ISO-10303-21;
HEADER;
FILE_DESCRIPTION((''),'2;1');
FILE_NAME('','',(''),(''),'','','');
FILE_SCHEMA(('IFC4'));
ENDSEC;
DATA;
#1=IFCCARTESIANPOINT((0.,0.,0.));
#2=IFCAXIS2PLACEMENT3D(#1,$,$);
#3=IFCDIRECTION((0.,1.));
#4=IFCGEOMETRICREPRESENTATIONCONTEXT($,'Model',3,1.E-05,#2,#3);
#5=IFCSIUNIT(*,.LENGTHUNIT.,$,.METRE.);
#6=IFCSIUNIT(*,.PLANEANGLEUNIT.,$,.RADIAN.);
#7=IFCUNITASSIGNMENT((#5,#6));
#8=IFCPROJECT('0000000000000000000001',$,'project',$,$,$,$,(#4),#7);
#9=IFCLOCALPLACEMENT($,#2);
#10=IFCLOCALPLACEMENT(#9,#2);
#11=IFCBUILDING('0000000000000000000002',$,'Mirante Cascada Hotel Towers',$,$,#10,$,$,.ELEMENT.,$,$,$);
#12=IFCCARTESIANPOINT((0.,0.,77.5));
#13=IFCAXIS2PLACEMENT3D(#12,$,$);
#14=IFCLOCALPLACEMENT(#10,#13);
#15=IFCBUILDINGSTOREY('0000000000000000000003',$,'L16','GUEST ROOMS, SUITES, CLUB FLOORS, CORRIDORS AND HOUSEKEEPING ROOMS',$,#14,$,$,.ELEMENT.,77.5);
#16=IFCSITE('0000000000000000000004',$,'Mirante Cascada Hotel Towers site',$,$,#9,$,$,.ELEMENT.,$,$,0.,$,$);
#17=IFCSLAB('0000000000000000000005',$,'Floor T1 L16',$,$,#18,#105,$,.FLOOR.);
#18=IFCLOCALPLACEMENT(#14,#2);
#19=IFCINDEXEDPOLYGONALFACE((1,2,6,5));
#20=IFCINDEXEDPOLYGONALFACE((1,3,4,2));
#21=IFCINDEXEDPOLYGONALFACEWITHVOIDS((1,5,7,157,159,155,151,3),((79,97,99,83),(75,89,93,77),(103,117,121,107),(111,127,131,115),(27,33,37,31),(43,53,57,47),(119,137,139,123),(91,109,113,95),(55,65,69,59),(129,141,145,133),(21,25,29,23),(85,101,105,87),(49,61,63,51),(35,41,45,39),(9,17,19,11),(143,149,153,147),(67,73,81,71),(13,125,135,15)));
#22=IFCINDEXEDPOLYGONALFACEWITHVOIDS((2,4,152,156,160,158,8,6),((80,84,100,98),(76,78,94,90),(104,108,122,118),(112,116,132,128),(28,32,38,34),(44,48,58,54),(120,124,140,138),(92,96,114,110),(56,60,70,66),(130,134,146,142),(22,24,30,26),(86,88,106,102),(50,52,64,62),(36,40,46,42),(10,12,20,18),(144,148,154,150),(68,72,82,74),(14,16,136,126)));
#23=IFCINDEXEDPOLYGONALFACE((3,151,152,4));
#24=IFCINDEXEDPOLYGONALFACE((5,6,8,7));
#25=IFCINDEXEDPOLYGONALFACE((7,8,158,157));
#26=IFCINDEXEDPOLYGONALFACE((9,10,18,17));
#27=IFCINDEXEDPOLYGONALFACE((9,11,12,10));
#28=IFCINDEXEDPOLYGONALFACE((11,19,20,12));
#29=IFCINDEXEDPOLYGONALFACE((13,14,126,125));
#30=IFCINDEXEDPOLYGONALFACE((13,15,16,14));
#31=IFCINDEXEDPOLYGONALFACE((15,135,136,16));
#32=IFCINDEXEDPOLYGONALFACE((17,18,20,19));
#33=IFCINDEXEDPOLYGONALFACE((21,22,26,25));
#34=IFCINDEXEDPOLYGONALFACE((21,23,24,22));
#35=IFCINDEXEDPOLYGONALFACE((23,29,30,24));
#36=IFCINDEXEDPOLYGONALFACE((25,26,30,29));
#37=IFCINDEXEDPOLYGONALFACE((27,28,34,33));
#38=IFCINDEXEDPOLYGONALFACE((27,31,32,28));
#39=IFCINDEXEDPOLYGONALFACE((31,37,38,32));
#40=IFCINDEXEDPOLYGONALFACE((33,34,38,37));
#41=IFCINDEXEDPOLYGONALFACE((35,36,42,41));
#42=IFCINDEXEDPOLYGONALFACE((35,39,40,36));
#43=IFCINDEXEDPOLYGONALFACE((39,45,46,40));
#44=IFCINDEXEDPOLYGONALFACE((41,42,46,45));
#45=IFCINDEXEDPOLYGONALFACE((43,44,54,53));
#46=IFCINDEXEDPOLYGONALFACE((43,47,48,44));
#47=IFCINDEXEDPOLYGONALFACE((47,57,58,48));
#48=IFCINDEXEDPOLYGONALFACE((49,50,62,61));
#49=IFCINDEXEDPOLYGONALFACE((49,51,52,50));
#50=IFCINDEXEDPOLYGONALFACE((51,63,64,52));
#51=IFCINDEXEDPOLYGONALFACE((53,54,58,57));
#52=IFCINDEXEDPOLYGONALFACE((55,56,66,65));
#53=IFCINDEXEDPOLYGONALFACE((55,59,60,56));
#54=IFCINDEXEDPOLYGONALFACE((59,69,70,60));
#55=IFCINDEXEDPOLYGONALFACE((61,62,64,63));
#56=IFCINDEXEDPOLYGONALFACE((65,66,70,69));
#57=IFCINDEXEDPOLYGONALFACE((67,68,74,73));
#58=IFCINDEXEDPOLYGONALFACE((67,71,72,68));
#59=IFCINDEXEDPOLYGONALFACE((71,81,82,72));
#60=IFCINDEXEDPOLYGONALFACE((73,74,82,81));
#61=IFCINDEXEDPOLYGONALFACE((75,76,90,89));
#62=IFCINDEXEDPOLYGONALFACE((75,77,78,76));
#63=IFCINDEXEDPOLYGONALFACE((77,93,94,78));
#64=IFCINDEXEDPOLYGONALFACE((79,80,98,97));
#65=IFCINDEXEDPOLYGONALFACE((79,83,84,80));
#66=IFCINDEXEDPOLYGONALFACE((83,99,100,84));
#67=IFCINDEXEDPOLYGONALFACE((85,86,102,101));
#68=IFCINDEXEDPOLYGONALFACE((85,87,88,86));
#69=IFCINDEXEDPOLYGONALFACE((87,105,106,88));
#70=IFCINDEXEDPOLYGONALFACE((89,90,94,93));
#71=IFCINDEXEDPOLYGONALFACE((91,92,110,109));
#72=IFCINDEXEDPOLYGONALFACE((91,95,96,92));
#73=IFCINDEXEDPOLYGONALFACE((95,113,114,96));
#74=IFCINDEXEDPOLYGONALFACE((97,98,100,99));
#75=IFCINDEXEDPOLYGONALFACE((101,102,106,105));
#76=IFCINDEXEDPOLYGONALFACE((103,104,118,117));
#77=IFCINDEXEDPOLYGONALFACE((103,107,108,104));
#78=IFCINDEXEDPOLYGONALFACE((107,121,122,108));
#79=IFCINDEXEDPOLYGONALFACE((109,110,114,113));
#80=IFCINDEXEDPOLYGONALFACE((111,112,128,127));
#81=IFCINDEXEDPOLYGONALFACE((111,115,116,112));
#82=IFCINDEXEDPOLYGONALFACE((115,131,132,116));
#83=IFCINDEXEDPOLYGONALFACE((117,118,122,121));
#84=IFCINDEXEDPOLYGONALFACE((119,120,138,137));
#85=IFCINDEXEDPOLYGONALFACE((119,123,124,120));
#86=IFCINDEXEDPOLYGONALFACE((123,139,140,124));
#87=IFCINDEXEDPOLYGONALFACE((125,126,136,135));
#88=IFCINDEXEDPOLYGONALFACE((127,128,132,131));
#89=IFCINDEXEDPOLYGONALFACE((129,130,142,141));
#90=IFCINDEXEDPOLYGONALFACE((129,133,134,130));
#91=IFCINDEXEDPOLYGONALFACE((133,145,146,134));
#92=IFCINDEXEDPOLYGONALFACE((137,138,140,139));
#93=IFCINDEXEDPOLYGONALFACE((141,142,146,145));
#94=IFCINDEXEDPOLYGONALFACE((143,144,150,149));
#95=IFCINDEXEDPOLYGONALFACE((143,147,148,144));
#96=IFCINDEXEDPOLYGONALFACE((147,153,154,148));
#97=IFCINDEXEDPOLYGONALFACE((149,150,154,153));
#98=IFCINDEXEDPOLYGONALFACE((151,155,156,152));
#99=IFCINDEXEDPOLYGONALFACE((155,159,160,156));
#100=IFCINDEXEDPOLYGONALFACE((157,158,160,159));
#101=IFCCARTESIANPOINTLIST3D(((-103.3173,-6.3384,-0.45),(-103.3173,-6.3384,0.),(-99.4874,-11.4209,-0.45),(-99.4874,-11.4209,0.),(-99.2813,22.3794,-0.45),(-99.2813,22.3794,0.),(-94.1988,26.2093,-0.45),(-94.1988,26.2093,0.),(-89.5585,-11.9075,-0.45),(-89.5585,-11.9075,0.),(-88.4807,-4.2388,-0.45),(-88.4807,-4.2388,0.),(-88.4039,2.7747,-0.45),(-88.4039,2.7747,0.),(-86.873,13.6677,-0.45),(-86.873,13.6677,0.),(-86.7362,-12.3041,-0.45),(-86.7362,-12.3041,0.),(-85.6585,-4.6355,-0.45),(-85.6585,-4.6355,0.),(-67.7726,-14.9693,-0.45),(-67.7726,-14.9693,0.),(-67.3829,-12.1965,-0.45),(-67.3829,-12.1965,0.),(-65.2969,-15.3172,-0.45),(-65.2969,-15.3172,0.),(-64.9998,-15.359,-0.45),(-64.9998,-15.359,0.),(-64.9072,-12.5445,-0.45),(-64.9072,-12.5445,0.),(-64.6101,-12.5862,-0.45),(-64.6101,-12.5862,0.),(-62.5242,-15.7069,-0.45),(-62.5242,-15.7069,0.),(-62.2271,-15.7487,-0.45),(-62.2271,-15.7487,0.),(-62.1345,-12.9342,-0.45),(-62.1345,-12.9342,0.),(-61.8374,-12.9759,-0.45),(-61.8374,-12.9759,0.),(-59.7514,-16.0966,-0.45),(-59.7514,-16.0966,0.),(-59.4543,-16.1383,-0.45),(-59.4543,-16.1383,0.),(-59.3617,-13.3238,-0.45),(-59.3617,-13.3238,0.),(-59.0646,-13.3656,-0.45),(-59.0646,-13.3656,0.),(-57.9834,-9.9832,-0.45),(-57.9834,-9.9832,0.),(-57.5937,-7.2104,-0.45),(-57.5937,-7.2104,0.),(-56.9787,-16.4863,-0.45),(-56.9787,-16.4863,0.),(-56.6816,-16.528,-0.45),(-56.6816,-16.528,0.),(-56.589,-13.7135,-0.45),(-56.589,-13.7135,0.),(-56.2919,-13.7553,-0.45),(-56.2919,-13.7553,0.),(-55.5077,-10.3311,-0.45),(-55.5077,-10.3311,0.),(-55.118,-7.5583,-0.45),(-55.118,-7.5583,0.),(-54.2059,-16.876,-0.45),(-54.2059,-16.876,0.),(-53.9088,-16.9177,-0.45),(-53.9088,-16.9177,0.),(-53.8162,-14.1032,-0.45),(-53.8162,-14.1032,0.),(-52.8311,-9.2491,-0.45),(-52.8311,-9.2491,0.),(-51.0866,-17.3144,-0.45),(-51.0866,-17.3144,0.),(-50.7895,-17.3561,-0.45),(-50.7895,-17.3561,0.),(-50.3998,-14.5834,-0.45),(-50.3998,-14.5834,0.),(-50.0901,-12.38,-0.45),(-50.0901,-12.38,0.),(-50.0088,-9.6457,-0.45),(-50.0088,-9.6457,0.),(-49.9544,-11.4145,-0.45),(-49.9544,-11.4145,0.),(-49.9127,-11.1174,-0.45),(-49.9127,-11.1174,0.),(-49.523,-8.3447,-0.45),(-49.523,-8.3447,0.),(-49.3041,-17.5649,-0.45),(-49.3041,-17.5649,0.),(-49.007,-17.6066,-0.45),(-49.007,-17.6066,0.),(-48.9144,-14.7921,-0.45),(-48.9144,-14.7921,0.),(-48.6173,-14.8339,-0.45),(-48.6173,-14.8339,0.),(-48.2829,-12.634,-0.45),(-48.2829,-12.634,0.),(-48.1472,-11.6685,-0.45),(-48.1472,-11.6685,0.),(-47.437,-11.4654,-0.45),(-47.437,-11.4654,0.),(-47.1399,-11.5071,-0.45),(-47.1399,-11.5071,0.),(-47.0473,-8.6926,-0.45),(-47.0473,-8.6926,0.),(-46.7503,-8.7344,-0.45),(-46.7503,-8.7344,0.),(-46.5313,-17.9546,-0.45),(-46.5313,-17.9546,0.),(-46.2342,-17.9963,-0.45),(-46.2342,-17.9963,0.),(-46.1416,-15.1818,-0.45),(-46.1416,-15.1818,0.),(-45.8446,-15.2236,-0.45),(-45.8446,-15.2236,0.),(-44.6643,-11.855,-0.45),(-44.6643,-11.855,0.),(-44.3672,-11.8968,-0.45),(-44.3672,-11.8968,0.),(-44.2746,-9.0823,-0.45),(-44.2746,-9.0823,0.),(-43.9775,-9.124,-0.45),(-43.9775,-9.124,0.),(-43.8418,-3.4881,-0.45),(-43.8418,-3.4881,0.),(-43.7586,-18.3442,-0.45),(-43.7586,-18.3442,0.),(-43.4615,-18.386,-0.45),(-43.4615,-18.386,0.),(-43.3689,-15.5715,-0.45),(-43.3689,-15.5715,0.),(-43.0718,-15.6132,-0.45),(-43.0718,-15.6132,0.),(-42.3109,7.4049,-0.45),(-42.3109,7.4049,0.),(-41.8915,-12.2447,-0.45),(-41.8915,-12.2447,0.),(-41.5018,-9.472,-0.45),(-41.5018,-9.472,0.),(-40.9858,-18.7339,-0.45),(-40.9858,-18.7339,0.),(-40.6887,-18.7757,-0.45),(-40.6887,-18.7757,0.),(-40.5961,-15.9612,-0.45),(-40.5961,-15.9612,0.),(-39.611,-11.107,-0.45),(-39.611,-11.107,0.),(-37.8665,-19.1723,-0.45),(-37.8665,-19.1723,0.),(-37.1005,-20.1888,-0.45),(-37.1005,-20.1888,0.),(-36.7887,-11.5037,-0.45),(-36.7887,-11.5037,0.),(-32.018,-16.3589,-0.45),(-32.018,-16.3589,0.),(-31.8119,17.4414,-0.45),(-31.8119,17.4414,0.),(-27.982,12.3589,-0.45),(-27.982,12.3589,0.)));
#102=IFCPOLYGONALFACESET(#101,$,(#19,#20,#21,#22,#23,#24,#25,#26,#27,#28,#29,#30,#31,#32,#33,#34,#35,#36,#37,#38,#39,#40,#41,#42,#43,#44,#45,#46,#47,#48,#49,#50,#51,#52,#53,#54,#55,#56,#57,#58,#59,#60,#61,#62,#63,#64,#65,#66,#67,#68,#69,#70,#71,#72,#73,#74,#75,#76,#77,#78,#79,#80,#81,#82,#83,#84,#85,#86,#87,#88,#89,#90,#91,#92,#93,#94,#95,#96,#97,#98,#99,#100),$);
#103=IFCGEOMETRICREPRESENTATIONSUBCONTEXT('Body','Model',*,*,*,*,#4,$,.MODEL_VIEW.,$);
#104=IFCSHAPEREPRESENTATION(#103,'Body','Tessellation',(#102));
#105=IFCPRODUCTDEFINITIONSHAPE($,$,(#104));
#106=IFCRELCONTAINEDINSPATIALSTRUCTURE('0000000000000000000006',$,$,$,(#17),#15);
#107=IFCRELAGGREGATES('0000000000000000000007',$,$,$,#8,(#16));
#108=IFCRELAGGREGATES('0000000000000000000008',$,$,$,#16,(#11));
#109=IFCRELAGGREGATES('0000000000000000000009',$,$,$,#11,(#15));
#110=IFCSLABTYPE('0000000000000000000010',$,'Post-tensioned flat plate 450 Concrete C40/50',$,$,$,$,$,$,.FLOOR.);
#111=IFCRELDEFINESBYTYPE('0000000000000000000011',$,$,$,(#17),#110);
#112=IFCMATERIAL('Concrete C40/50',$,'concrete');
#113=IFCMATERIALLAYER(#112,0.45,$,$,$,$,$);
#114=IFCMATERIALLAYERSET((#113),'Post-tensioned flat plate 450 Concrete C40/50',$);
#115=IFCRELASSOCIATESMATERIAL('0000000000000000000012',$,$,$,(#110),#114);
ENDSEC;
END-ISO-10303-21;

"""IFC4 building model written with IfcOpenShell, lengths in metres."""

from ifc_helpers import new_model, si_unit, direction, frame, origin, place, context, subcontext, project, spatial, polyline, outline, extrude, material, layer, layer_set, type_object, element, save


model = new_model("IFC4")

# Units and contexts
model_context = context("Model", 3, precision=1e-05, world=origin(), true_north=direction((0.0, 1.0)))
body_context = subcontext(model_context, "Body", "Model", "MODEL_VIEW")
ifc_project = project(units=[si_unit("LENGTHUNIT", "METRE"), si_unit("PLANEANGLEUNIT", "RADIAN")], contexts=[model_context])

# Site, building, storey
site_placement = place(None, origin())
site = spatial("IfcSite", under=ifc_project, at=site_placement, Name="Mirante Cascada Hotel Towers site", CompositionType="ELEMENT", RefElevation=0.0)
building_placement = place(site_placement, origin())
building = spatial("IfcBuilding", under=site, at=building_placement, Name="Mirante Cascada Hotel Towers", CompositionType="ELEMENT")
storey_placement = place(building_placement, frame((0.0, 0.0, 77.5)))
storey = spatial("IfcBuildingStorey", under=building, at=storey_placement, Name="L16", Description="GUEST ROOMS, SUITES, CLUB FLOORS, CORRIDORS AND HOUSEKEEPING ROOMS", CompositionType="ELEMENT", Elevation=77.5)

# Slab
ifc_material_1 = material(Name="Concrete C40/50", Category="concrete")
ifc_layer_1 = layer(ifc_material_1, 0.45)
ifc_layer_set_1 = layer_set([ifc_layer_1], Name="Post-tensioned flat plate 450 Concrete C40/50")
slab_type = type_object("IfcSlabType", Name="Post-tensioned flat plate 450 Concrete C40/50", PredefinedType="FLOOR", material=ifc_layer_set_1)
slab_1_placement = place(storey_placement, frame((0.0, 0.0, -0.45)))
element("IfcSlab", 1, at=slab_1_placement, inside=storey, type_object=slab_type, Name="Floor T1 L16", PredefinedType="FLOOR", context=body_context, shape_type="SweptSolid", body=[
    extrude(outline(polyline([(-32.018, -16.3589), (-27.982, 12.3589), (-31.8119, 17.4414), (-94.1988, 26.2093), (-99.2813, 22.3794), (-103.3173, -6.3384), (-99.4874, -11.4209), (-37.1005, -20.1888), (-32.018, -16.3589)]), holes=[polyline([(-43.0718, -15.6132), (-40.5961, -15.9612), (-40.9858, -18.7339), (-43.4615, -18.386), (-43.0718, -15.6132)]), polyline([(-45.8446, -15.2236), (-43.3689, -15.5715), (-43.7586, -18.3442), (-46.2342, -17.9963), (-45.8446, -15.2236)]), polyline([(-48.6173, -14.8339), (-46.1416, -15.1818), (-46.5313, -17.9546), (-49.007, -17.6066), (-48.6173, -14.8339)]), polyline([(-50.3998, -14.5834), (-48.9144, -14.7921), (-49.3041, -17.5649), (-50.7895, -17.3561), (-50.3998, -14.5834)]), polyline([(-36.7887, -11.5037), (-37.8665, -19.1723), (-40.6887, -18.7757), (-39.611, -11.107), (-36.7887, -11.5037)]), polyline([(-49.9544, -11.4145), (-48.1472, -11.6685), (-48.2829, -12.634), (-50.0901, -12.38), (-49.9544, -11.4145)]), polyline([(-43.9775, -9.124), (-41.5018, -9.472), (-41.8915, -12.2447), (-44.3672, -11.8968), (-43.9775, -9.124)]), polyline([(-47.1399, -11.5071), (-46.7503, -8.7344), (-44.2746, -9.0823), (-44.6643, -11.855), (-47.1399, -11.5071)]), polyline([(-49.9127, -11.1174), (-49.523, -8.3447), (-47.0473, -8.6926), (-47.437, -11.4654), (-49.9127, -11.1174)]), polyline([(-56.2919, -13.7553), (-53.8162, -14.1032), (-54.2059, -16.876), (-56.6816, -16.528), (-56.2919, -13.7553)]), polyline([(-59.0646, -13.3656), (-56.589, -13.7135), (-56.9787, -16.4863), (-59.4543, -16.1383), (-59.0646, -13.3656)]), polyline([(-61.8374, -12.9759), (-59.3617, -13.3238), (-59.7514, -16.0966), (-62.2271, -15.7487), (-61.8374, -12.9759)]), polyline([(-64.6101, -12.5862), (-62.1345, -12.9342), (-62.5242, -15.7069), (-64.9998, -15.359), (-64.6101, -12.5862)]), polyline([(-67.3829, -12.1965), (-64.9072, -12.5445), (-65.2969, -15.3172), (-67.7726, -14.9693), (-67.3829, -12.1965)]), polyline([(-50.0088, -9.6457), (-51.0866, -17.3144), (-53.9088, -16.9177), (-52.8311, -9.2491), (-50.0088, -9.6457)]), polyline([(-85.6585, -4.6355), (-86.7362, -12.3041), (-89.5585, -11.9075), (-88.4807, -4.2388), (-85.6585, -4.6355)]), polyline([(-57.9834, -9.9832), (-57.5937, -7.2104), (-55.118, -7.5583), (-55.5077, -10.3311), (-57.9834, -9.9832)]), polyline([(-88.4039, 2.7747), (-86.873, 13.6677), (-42.3109, 7.4049), (-43.8418, -3.4881), (-88.4039, 2.7747)])]), origin(), (0.0, 0.0, 1.0), 0.45),
])

save(model, "model.ifc")
